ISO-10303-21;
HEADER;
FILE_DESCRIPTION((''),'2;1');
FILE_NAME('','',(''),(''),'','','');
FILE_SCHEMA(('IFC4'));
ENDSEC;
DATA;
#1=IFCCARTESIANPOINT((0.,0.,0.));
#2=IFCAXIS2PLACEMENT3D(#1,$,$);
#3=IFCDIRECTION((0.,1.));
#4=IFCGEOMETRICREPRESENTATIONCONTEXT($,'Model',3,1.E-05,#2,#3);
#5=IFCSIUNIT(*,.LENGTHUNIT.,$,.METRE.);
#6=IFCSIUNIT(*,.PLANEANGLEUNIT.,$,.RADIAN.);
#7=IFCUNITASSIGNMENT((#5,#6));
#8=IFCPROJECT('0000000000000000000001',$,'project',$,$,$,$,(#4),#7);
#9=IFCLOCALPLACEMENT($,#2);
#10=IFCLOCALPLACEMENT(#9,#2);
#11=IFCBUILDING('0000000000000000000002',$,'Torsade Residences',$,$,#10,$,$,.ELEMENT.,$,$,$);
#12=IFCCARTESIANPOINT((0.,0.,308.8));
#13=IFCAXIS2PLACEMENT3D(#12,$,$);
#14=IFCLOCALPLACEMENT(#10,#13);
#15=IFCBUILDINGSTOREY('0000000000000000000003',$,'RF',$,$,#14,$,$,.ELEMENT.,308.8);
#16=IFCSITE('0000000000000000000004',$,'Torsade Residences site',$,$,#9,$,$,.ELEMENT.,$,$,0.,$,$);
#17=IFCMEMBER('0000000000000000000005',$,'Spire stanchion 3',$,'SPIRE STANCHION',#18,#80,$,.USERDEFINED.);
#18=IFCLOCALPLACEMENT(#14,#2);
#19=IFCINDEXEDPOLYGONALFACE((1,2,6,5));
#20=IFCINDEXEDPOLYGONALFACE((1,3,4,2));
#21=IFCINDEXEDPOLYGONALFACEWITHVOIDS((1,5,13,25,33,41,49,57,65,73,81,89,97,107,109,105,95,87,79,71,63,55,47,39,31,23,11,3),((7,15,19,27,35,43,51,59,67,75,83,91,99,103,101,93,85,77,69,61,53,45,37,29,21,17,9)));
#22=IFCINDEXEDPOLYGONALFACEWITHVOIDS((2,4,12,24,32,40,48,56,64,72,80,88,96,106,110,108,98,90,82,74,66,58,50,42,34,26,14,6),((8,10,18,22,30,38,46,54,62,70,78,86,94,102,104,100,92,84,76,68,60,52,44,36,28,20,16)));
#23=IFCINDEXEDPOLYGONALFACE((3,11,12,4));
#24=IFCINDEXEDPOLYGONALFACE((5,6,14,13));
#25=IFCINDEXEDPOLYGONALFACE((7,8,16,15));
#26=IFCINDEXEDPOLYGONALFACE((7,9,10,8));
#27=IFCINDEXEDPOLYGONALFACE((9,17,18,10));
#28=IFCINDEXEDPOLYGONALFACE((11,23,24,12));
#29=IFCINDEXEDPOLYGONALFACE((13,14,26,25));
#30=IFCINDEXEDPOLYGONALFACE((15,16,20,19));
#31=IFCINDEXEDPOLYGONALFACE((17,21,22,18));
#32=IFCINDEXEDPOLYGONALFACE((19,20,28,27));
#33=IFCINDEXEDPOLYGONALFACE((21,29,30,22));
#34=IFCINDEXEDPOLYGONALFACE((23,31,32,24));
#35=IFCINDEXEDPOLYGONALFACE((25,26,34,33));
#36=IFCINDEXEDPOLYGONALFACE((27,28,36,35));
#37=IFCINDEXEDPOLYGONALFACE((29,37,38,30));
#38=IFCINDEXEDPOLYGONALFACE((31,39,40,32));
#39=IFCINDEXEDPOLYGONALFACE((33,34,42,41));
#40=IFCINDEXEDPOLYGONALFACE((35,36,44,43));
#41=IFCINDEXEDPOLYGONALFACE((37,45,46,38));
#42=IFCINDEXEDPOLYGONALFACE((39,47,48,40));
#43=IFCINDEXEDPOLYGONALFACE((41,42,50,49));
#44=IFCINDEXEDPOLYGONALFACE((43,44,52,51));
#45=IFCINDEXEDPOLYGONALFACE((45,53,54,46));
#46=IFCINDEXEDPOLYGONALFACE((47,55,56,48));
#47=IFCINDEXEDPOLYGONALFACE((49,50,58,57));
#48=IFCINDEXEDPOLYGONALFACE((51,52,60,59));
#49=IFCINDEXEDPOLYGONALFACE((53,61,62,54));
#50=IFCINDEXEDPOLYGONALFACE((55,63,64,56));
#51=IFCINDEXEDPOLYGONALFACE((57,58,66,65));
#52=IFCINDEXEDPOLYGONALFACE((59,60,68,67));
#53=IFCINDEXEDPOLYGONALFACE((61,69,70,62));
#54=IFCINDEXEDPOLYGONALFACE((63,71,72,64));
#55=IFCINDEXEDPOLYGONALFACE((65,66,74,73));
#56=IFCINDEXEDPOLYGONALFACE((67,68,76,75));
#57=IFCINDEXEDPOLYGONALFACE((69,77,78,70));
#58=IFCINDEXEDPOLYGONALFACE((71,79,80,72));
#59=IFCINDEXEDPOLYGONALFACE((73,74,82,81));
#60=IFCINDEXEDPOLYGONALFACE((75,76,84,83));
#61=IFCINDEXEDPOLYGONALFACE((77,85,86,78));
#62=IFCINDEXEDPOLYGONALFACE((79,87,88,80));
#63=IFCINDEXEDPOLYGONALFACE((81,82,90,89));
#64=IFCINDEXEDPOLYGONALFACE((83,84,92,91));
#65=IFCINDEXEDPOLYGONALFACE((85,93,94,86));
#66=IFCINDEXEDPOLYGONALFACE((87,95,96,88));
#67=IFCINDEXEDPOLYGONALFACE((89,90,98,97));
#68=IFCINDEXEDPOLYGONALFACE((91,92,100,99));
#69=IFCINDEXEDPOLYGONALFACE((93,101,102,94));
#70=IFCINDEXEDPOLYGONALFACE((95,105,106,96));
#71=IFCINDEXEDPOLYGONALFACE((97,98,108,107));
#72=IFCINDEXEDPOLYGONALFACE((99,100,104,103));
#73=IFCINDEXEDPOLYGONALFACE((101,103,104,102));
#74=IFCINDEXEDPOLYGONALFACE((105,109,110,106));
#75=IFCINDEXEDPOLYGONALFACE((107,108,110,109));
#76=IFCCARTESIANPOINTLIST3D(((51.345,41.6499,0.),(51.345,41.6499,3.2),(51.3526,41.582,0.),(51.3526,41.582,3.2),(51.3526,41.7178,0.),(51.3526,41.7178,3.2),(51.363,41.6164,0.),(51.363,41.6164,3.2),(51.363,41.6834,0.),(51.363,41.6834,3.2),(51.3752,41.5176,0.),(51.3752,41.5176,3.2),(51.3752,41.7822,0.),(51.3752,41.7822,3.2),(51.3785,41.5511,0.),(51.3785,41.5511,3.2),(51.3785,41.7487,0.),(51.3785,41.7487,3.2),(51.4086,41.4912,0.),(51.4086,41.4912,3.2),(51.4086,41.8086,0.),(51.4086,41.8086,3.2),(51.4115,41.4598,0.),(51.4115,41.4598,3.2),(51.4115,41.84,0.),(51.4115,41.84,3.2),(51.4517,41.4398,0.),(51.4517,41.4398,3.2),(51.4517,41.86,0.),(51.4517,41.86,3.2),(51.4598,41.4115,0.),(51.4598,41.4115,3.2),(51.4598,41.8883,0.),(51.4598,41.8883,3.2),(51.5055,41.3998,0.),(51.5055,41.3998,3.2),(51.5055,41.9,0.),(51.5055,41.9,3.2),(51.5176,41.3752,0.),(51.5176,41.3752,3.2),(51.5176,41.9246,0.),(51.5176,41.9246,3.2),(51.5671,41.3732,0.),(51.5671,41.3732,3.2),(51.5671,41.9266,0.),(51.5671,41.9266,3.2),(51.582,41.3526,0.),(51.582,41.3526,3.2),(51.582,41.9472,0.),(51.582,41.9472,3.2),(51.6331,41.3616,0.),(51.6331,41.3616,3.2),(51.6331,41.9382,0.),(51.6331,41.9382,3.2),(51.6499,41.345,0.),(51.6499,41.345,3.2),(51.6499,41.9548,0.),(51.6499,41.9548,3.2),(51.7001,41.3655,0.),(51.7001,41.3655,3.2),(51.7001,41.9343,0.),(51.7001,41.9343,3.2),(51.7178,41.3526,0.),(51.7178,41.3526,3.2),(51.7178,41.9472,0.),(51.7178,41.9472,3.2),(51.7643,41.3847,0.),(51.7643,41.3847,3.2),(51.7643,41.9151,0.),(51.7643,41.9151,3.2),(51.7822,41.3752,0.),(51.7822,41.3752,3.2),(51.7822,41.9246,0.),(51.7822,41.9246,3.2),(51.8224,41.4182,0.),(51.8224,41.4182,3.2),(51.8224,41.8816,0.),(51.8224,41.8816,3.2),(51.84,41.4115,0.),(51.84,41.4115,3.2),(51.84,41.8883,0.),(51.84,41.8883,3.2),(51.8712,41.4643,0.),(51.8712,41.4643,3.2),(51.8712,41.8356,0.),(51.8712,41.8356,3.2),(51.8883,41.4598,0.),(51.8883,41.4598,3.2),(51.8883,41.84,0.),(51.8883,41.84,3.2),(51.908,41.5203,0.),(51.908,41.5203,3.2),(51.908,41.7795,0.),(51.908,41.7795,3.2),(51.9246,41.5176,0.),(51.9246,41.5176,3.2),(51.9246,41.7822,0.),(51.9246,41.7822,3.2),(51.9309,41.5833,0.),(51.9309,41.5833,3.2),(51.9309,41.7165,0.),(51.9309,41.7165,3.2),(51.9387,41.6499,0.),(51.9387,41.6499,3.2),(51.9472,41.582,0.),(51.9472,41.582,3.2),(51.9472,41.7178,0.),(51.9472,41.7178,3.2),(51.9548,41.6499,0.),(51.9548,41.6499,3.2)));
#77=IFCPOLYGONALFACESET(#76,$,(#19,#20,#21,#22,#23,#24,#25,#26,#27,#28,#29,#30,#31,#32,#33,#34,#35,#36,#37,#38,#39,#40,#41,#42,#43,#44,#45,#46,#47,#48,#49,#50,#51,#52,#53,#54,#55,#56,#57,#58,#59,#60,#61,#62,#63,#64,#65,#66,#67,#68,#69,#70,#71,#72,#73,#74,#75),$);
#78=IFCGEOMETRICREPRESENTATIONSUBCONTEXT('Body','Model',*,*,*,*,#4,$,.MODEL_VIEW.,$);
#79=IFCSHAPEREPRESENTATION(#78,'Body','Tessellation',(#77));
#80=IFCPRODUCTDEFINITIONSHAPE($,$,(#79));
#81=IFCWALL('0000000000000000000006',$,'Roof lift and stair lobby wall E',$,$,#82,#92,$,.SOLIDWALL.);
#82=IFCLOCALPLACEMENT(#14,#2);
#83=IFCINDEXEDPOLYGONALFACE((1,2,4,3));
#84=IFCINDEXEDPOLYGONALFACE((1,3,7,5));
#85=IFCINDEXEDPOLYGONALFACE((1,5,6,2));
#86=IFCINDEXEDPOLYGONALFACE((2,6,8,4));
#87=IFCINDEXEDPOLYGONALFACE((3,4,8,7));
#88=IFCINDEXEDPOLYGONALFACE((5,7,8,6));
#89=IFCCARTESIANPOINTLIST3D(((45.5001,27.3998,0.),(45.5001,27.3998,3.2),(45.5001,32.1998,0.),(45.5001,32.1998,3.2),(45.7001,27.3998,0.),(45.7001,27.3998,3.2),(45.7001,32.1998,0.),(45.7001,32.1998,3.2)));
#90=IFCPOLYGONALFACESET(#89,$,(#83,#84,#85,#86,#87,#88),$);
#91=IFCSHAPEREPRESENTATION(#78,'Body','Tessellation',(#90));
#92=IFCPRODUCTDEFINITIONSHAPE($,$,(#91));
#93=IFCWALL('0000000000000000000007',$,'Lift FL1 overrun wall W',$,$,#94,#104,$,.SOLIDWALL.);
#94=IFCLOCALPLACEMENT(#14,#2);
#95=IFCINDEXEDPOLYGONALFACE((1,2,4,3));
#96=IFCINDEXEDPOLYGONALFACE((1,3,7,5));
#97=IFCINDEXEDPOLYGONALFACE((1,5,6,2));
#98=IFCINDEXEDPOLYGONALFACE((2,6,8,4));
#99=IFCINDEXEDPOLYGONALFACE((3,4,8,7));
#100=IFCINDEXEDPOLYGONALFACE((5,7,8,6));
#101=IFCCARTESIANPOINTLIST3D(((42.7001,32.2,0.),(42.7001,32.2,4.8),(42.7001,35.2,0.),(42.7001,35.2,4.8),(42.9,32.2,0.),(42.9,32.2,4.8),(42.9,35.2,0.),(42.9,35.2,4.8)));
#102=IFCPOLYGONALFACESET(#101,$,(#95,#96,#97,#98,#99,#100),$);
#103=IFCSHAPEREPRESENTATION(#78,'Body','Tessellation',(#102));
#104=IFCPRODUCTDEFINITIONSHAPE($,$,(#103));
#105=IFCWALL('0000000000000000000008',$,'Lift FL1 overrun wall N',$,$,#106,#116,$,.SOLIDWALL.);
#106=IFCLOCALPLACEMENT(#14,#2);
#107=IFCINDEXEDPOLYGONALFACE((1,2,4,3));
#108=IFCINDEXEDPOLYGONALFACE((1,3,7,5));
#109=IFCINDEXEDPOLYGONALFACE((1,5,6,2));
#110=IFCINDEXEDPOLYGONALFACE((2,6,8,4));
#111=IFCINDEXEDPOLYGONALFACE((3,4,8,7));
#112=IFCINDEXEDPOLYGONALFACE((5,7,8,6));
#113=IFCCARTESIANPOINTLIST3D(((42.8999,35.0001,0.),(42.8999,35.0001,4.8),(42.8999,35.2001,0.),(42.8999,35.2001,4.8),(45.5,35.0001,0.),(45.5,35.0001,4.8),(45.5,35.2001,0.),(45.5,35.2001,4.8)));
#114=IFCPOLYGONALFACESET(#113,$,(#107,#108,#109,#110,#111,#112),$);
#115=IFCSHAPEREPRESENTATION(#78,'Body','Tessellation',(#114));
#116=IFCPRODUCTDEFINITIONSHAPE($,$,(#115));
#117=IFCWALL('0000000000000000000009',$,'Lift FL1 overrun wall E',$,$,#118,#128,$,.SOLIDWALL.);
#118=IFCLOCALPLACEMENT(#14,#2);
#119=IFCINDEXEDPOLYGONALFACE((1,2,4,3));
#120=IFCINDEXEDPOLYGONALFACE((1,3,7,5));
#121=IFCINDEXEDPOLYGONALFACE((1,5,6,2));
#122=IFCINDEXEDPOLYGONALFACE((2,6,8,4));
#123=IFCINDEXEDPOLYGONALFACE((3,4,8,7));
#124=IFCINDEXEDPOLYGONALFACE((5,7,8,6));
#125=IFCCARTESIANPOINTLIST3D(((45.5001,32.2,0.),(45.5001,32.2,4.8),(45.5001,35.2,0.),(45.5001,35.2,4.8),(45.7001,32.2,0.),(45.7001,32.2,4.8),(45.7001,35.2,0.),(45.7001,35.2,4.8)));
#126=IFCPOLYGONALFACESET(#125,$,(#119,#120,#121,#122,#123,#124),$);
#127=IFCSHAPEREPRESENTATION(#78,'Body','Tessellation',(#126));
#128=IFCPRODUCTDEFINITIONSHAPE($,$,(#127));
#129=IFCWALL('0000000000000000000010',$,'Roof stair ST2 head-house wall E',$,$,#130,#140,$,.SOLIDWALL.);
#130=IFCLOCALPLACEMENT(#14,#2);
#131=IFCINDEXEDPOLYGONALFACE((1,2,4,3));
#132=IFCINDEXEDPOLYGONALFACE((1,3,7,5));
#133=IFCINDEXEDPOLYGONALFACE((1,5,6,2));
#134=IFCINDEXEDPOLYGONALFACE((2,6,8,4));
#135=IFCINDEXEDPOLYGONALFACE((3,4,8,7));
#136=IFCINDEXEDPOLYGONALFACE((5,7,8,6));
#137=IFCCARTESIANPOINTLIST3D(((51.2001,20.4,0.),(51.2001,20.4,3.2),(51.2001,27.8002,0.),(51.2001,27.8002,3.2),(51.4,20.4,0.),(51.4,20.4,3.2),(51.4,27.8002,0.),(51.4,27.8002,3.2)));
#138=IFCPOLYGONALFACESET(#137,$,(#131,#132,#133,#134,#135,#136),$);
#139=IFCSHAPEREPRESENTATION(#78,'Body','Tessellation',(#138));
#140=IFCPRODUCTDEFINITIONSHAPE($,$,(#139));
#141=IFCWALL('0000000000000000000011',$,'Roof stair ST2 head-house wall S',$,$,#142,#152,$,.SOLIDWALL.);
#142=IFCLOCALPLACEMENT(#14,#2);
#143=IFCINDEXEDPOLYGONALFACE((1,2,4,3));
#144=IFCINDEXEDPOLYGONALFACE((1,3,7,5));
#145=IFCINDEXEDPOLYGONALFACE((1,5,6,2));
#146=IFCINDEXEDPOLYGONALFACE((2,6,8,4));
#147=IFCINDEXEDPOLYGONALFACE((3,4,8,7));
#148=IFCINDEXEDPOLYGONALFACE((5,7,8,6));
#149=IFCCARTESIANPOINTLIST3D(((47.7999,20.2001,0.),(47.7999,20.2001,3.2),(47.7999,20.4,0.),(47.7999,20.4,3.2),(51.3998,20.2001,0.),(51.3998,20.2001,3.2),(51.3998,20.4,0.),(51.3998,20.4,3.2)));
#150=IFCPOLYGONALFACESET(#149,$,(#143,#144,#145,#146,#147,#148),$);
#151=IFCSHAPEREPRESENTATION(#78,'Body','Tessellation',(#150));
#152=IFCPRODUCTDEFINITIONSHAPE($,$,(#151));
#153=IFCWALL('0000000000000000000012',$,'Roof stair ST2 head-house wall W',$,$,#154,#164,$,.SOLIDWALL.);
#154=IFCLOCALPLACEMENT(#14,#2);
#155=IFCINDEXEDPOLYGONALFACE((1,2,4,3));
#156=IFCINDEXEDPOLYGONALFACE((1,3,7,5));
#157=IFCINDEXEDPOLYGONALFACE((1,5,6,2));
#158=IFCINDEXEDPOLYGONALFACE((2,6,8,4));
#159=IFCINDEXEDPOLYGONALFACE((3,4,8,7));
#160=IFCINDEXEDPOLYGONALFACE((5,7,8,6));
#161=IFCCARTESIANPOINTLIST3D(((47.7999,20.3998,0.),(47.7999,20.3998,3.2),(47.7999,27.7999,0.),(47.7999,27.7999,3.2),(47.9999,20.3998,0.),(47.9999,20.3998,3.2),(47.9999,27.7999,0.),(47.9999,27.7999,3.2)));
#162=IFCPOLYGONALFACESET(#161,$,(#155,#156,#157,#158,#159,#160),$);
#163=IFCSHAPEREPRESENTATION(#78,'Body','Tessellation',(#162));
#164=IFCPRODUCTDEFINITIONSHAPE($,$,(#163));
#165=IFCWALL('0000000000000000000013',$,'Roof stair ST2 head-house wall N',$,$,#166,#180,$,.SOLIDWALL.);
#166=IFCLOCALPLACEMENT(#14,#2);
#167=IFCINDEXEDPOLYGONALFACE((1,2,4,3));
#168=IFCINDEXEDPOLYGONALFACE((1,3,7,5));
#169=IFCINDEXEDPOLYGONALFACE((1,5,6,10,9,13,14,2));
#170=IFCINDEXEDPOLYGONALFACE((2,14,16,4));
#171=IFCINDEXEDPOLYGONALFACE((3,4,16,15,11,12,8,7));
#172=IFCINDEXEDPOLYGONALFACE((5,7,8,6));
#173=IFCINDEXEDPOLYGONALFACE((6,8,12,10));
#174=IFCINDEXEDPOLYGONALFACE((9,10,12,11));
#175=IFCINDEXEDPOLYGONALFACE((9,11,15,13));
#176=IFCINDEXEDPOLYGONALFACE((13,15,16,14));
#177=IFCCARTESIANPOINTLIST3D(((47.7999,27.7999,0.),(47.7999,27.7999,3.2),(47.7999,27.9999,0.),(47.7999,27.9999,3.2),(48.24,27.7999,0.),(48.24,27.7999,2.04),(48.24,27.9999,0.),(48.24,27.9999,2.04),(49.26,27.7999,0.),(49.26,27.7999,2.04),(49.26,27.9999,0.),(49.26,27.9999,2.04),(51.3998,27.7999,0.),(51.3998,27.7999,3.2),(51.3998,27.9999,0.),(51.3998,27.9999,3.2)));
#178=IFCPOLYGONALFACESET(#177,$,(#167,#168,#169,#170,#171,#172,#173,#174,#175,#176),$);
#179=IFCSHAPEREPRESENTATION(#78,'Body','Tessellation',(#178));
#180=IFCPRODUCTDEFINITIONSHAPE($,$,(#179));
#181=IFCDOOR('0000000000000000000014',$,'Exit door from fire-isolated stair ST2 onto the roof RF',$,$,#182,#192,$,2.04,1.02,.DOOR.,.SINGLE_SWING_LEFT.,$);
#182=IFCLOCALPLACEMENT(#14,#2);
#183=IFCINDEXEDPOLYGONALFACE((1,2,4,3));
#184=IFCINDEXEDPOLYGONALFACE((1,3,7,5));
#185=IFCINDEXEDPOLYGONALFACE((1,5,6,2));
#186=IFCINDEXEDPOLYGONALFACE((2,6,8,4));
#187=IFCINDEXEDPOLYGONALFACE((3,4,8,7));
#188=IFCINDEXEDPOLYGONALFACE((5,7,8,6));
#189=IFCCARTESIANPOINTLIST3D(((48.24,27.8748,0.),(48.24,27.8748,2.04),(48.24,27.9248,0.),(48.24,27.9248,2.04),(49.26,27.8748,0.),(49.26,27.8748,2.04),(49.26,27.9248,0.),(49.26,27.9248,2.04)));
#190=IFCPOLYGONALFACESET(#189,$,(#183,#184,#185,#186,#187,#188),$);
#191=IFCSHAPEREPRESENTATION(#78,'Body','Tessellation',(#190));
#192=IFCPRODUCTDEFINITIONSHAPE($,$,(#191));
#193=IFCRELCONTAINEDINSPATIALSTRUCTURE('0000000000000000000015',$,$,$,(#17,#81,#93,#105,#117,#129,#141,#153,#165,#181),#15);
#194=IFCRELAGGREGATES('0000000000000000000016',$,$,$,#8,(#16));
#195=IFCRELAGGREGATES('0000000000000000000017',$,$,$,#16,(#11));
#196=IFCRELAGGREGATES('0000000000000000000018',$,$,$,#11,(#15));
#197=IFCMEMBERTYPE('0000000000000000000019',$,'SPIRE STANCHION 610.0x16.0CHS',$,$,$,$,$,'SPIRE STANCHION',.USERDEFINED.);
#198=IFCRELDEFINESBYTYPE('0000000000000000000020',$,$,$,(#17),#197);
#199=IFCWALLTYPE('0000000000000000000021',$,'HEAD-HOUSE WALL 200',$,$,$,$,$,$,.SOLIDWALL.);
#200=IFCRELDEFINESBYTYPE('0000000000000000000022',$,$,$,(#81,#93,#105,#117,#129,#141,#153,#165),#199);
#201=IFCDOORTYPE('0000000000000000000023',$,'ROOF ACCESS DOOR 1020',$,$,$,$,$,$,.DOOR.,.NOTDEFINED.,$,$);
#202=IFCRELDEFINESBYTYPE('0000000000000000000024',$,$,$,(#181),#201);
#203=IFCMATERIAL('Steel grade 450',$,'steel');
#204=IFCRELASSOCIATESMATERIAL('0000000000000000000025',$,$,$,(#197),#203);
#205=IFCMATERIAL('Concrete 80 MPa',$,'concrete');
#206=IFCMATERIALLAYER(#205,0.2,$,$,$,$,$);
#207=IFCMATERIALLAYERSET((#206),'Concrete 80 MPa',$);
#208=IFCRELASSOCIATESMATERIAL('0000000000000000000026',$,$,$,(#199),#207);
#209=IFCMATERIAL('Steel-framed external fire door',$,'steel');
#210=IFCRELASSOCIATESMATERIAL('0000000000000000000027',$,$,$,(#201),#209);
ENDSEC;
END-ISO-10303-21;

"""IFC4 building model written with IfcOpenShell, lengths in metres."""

from ifc_helpers import new_model, si_unit, direction, frame, frame_2d, origin, origin_2d, place, context, subcontext, project, spatial, rectangle, hollow_circle, extrude, material, layer, layer_set, material_profile, profile_set, type_object, element, fill, save


model = new_model("IFC4")

# Units and contexts
model_context = context("Model", 3, precision=1e-05, world=origin(), true_north=direction((0.0, 1.0)))
body_context = subcontext(model_context, "Body", "Model", "MODEL_VIEW")
ifc_project = project(units=[si_unit("LENGTHUNIT", "METRE"), si_unit("PLANEANGLEUNIT", "RADIAN")], contexts=[model_context])

# Site, building, storey
site_placement = place(None, origin())
site = spatial("IfcSite", under=ifc_project, at=site_placement, Name="Torsade Residences site", CompositionType="ELEMENT", RefElevation=0.0)
building_placement = place(site_placement, origin())
building = spatial("IfcBuilding", under=site, at=building_placement, Name="Torsade Residences", CompositionType="ELEMENT")
storey_placement = place(building_placement, frame((0.0, 0.0, 308.8)))
storey = spatial("IfcBuildingStorey", under=building, at=storey_placement, Name="RF", CompositionType="ELEMENT", Elevation=308.8)

# Member
ifc_material_1 = material(Name="Steel grade 450", Category="steel")
ifc_material_profile_1 = material_profile(ifc_material_1, hollow_circle(Radius=0.3049, WallThickness=0.0161, at=origin_2d()), Name="610.0x16.0CHS")
ifc_profile_set_1 = profile_set([ifc_material_profile_1], Name="Steel grade 450")
member_type_1 = type_object("IfcMemberType", Name="SPIRE STANCHION 610.0x16.0CHS", ElementType="SPIRE STANCHION", PredefinedType="USERDEFINED", material=ifc_profile_set_1)
for number, where, z_axis, x_axis, name in (
    (1, (51.6499, 41.6499, 0.0), (0.0, 0.0, 1.0), (1.0, 0.0, 0.0), "Spire stanchion 3"),
):
    element("IfcMember", number, at=place(storey_placement, frame(where, z_axis=z_axis, x_axis=x_axis)), inside=storey, type_object=member_type_1, Name=name, ObjectType="SPIRE STANCHION", PredefinedType="USERDEFINED", context=body_context, shape_type="SweptSolid", body=[
        extrude(hollow_circle(Radius=0.3049, WallThickness=0.0161, at=origin_2d()), origin(), (0.0, 0.0, 1.0), 3.2),
    ])

# Walls
ifc_material_2 = material(Name="Concrete 80 MPa", Category="concrete")
ifc_layer_1 = layer(ifc_material_2, 0.2)
ifc_layer_set_1 = layer_set([ifc_layer_1], Name="Concrete 80 MPa")
wall_type_1 = type_object("IfcWallType", Name="HEAD-HOUSE WALL 200", PredefinedType="SOLIDWALL", material=ifc_layer_set_1)
wall_1_placement = place(storey_placement, frame((45.6001, 27.3999, 0.0), z_axis=(0.0, 0.0, 1.0), x_axis=(0.0, 1.0, 0.0)))
element("IfcWall", 2, at=wall_1_placement, inside=storey, type_object=wall_type_1, Name="Roof lift and stair lobby wall E", PredefinedType="SOLIDWALL", context=body_context, shape_type="SweptSolid", body=[
    extrude(rectangle(XDim=4.8, YDim=0.2, at=frame_2d((2.3999, 0.0))), origin(), (0.0, 0.0, 1.0), 3.2),
])
wall_2_placement = place(storey_placement, frame((42.8, 32.2, 0.0), z_axis=(0.0, 0.0, 1.0), x_axis=(0.0, 1.0, 0.0)))
element("IfcWall", 3, at=wall_2_placement, inside=storey, type_object=wall_type_1, Name="Lift FL1 overrun wall W", PredefinedType="SOLIDWALL", context=body_context, shape_type="SweptSolid", body=[
    extrude(rectangle(XDim=3.0, YDim=0.2, at=frame_2d((1.5, 0.0))), origin(), (0.0, 0.0, 1.0), 4.8),
])
wall_3_placement = place(storey_placement, frame((42.8999, 35.1001, 0.0), z_axis=(0.0, 0.0, 1.0), x_axis=(1.0, 0.0, 0.0)))
element("IfcWall", 4, at=wall_3_placement, inside=storey, type_object=wall_type_1, Name="Lift FL1 overrun wall N", PredefinedType="SOLIDWALL", context=body_context, shape_type="SweptSolid", body=[
    extrude(rectangle(XDim=2.6001, YDim=0.2, at=frame_2d((1.3, 0.0))), origin(), (0.0, 0.0, 1.0), 4.8),
])
wall_4_placement = place(storey_placement, frame((45.6001, 35.2, 0.0), z_axis=(0.0, 0.0, 1.0), x_axis=(0.0, -1.0, 0.0)))
element("IfcWall", 5, at=wall_4_placement, inside=storey, type_object=wall_type_1, Name="Lift FL1 overrun wall E", PredefinedType="SOLIDWALL", context=body_context, shape_type="SweptSolid", body=[
    extrude(rectangle(XDim=3.0, YDim=0.2, at=frame_2d((1.5, 0.0))), origin(), (0.0, 0.0, 1.0), 4.8),
])
wall_5_placement = place(storey_placement, frame((51.3, 20.3999, 0.0), z_axis=(0.0, 0.0, 1.0), x_axis=(0.0, 1.0, 0.0)))
element("IfcWall", 6, at=wall_5_placement, inside=storey, type_object=wall_type_1, Name="Roof stair ST2 head-house wall E", PredefinedType="SOLIDWALL", context=body_context, shape_type="SweptSolid", body=[
    extrude(rectangle(XDim=7.4001, YDim=0.2, at=frame_2d((3.7002, 0.0))), origin(), (0.0, 0.0, 1.0), 3.2),
])
wall_6_placement = place(storey_placement, frame((47.8, 20.3, 0.0), z_axis=(0.0, 0.0, 1.0), x_axis=(1.0, 0.0, 0.0)))
element("IfcWall", 7, at=wall_6_placement, inside=storey, type_object=wall_type_1, Name="Roof stair ST2 head-house wall S", PredefinedType="SOLIDWALL", context=body_context, shape_type="SweptSolid", body=[
    extrude(rectangle(XDim=3.5999, YDim=0.2, at=frame_2d((1.7998, 0.0))), origin(), (0.0, 0.0, 1.0), 3.2),
])
wall_7_placement = place(storey_placement, frame((47.8999, 27.8, 0.0), z_axis=(0.0, 0.0, 1.0), x_axis=(0.0, -1.0, 0.0)))
element("IfcWall", 8, at=wall_7_placement, inside=storey, type_object=wall_type_1, Name="Roof stair ST2 head-house wall W", PredefinedType="SOLIDWALL", context=body_context, shape_type="SweptSolid", body=[
    extrude(rectangle(XDim=7.4001, YDim=0.2, at=frame_2d((3.7002, 0.0))), origin(), (0.0, 0.0, 1.0), 3.2),
])

# Wall, opening, door
wall_8_placement = place(storey_placement, frame((47.8, 27.8999, 0.0), z_axis=(0.0, 0.0, 1.0), x_axis=(1.0, 0.0, 0.0)))
wall_8 = element("IfcWall", 9, at=wall_8_placement, inside=storey, type_object=wall_type_1, Name="Roof stair ST2 head-house wall N", PredefinedType="SOLIDWALL", context=body_context, shape_type="SweptSolid", body=[
    extrude(rectangle(XDim=3.5999, YDim=0.2, at=frame_2d((1.7998, 0.0))), origin(), (0.0, 0.0, 1.0), 3.2),
])
opening_placement = place(wall_8_placement, frame((0.4399, 0.0, 0.0)))
opening = element("IfcOpeningElement", 10, at=opening_placement, cuts=wall_8, PredefinedType="OPENING", context=body_context, shape_type="SweptSolid", body=[
    extrude(rectangle(XDim=1.02, YDim=2.04, at=frame_2d((0.51, 1.02))), frame((0.0, 0.1099, 0.0), z_axis=(0.0, -1.0, 0.0), x_axis=(1.0, 0.0, 0.0)), (0.0, 0.0, 1.0), 0.22),
])
ifc_material_3 = material(Name="Steel-framed external fire door", Category="steel")
door_type = type_object("IfcDoorType", Name="ROOF ACCESS DOOR 1020", OperationType="NOTDEFINED", PredefinedType="DOOR", material=ifc_material_3)
door_placement = place(opening_placement, origin())
door = element("IfcDoor", 11, at=door_placement, inside=storey, type_object=door_type, Name="Exit door from fire-isolated stair ST2 onto the roof RF", OperationType="SINGLE_SWING_LEFT", OverallHeight=2.04, OverallWidth=1.02, PredefinedType="DOOR", context=body_context, shape_type="SweptSolid", body=[
    extrude(rectangle(XDim=1.02, YDim=2.04, at=frame_2d((0.51, 1.02))), frame((0.0, 0.0249, 0.0), z_axis=(0.0, -1.0, 0.0), x_axis=(1.0, 0.0, 0.0)), (0.0, 0.0, 1.0), 0.05),
])
fill(opening, door)

save(model, "model.ifc")
